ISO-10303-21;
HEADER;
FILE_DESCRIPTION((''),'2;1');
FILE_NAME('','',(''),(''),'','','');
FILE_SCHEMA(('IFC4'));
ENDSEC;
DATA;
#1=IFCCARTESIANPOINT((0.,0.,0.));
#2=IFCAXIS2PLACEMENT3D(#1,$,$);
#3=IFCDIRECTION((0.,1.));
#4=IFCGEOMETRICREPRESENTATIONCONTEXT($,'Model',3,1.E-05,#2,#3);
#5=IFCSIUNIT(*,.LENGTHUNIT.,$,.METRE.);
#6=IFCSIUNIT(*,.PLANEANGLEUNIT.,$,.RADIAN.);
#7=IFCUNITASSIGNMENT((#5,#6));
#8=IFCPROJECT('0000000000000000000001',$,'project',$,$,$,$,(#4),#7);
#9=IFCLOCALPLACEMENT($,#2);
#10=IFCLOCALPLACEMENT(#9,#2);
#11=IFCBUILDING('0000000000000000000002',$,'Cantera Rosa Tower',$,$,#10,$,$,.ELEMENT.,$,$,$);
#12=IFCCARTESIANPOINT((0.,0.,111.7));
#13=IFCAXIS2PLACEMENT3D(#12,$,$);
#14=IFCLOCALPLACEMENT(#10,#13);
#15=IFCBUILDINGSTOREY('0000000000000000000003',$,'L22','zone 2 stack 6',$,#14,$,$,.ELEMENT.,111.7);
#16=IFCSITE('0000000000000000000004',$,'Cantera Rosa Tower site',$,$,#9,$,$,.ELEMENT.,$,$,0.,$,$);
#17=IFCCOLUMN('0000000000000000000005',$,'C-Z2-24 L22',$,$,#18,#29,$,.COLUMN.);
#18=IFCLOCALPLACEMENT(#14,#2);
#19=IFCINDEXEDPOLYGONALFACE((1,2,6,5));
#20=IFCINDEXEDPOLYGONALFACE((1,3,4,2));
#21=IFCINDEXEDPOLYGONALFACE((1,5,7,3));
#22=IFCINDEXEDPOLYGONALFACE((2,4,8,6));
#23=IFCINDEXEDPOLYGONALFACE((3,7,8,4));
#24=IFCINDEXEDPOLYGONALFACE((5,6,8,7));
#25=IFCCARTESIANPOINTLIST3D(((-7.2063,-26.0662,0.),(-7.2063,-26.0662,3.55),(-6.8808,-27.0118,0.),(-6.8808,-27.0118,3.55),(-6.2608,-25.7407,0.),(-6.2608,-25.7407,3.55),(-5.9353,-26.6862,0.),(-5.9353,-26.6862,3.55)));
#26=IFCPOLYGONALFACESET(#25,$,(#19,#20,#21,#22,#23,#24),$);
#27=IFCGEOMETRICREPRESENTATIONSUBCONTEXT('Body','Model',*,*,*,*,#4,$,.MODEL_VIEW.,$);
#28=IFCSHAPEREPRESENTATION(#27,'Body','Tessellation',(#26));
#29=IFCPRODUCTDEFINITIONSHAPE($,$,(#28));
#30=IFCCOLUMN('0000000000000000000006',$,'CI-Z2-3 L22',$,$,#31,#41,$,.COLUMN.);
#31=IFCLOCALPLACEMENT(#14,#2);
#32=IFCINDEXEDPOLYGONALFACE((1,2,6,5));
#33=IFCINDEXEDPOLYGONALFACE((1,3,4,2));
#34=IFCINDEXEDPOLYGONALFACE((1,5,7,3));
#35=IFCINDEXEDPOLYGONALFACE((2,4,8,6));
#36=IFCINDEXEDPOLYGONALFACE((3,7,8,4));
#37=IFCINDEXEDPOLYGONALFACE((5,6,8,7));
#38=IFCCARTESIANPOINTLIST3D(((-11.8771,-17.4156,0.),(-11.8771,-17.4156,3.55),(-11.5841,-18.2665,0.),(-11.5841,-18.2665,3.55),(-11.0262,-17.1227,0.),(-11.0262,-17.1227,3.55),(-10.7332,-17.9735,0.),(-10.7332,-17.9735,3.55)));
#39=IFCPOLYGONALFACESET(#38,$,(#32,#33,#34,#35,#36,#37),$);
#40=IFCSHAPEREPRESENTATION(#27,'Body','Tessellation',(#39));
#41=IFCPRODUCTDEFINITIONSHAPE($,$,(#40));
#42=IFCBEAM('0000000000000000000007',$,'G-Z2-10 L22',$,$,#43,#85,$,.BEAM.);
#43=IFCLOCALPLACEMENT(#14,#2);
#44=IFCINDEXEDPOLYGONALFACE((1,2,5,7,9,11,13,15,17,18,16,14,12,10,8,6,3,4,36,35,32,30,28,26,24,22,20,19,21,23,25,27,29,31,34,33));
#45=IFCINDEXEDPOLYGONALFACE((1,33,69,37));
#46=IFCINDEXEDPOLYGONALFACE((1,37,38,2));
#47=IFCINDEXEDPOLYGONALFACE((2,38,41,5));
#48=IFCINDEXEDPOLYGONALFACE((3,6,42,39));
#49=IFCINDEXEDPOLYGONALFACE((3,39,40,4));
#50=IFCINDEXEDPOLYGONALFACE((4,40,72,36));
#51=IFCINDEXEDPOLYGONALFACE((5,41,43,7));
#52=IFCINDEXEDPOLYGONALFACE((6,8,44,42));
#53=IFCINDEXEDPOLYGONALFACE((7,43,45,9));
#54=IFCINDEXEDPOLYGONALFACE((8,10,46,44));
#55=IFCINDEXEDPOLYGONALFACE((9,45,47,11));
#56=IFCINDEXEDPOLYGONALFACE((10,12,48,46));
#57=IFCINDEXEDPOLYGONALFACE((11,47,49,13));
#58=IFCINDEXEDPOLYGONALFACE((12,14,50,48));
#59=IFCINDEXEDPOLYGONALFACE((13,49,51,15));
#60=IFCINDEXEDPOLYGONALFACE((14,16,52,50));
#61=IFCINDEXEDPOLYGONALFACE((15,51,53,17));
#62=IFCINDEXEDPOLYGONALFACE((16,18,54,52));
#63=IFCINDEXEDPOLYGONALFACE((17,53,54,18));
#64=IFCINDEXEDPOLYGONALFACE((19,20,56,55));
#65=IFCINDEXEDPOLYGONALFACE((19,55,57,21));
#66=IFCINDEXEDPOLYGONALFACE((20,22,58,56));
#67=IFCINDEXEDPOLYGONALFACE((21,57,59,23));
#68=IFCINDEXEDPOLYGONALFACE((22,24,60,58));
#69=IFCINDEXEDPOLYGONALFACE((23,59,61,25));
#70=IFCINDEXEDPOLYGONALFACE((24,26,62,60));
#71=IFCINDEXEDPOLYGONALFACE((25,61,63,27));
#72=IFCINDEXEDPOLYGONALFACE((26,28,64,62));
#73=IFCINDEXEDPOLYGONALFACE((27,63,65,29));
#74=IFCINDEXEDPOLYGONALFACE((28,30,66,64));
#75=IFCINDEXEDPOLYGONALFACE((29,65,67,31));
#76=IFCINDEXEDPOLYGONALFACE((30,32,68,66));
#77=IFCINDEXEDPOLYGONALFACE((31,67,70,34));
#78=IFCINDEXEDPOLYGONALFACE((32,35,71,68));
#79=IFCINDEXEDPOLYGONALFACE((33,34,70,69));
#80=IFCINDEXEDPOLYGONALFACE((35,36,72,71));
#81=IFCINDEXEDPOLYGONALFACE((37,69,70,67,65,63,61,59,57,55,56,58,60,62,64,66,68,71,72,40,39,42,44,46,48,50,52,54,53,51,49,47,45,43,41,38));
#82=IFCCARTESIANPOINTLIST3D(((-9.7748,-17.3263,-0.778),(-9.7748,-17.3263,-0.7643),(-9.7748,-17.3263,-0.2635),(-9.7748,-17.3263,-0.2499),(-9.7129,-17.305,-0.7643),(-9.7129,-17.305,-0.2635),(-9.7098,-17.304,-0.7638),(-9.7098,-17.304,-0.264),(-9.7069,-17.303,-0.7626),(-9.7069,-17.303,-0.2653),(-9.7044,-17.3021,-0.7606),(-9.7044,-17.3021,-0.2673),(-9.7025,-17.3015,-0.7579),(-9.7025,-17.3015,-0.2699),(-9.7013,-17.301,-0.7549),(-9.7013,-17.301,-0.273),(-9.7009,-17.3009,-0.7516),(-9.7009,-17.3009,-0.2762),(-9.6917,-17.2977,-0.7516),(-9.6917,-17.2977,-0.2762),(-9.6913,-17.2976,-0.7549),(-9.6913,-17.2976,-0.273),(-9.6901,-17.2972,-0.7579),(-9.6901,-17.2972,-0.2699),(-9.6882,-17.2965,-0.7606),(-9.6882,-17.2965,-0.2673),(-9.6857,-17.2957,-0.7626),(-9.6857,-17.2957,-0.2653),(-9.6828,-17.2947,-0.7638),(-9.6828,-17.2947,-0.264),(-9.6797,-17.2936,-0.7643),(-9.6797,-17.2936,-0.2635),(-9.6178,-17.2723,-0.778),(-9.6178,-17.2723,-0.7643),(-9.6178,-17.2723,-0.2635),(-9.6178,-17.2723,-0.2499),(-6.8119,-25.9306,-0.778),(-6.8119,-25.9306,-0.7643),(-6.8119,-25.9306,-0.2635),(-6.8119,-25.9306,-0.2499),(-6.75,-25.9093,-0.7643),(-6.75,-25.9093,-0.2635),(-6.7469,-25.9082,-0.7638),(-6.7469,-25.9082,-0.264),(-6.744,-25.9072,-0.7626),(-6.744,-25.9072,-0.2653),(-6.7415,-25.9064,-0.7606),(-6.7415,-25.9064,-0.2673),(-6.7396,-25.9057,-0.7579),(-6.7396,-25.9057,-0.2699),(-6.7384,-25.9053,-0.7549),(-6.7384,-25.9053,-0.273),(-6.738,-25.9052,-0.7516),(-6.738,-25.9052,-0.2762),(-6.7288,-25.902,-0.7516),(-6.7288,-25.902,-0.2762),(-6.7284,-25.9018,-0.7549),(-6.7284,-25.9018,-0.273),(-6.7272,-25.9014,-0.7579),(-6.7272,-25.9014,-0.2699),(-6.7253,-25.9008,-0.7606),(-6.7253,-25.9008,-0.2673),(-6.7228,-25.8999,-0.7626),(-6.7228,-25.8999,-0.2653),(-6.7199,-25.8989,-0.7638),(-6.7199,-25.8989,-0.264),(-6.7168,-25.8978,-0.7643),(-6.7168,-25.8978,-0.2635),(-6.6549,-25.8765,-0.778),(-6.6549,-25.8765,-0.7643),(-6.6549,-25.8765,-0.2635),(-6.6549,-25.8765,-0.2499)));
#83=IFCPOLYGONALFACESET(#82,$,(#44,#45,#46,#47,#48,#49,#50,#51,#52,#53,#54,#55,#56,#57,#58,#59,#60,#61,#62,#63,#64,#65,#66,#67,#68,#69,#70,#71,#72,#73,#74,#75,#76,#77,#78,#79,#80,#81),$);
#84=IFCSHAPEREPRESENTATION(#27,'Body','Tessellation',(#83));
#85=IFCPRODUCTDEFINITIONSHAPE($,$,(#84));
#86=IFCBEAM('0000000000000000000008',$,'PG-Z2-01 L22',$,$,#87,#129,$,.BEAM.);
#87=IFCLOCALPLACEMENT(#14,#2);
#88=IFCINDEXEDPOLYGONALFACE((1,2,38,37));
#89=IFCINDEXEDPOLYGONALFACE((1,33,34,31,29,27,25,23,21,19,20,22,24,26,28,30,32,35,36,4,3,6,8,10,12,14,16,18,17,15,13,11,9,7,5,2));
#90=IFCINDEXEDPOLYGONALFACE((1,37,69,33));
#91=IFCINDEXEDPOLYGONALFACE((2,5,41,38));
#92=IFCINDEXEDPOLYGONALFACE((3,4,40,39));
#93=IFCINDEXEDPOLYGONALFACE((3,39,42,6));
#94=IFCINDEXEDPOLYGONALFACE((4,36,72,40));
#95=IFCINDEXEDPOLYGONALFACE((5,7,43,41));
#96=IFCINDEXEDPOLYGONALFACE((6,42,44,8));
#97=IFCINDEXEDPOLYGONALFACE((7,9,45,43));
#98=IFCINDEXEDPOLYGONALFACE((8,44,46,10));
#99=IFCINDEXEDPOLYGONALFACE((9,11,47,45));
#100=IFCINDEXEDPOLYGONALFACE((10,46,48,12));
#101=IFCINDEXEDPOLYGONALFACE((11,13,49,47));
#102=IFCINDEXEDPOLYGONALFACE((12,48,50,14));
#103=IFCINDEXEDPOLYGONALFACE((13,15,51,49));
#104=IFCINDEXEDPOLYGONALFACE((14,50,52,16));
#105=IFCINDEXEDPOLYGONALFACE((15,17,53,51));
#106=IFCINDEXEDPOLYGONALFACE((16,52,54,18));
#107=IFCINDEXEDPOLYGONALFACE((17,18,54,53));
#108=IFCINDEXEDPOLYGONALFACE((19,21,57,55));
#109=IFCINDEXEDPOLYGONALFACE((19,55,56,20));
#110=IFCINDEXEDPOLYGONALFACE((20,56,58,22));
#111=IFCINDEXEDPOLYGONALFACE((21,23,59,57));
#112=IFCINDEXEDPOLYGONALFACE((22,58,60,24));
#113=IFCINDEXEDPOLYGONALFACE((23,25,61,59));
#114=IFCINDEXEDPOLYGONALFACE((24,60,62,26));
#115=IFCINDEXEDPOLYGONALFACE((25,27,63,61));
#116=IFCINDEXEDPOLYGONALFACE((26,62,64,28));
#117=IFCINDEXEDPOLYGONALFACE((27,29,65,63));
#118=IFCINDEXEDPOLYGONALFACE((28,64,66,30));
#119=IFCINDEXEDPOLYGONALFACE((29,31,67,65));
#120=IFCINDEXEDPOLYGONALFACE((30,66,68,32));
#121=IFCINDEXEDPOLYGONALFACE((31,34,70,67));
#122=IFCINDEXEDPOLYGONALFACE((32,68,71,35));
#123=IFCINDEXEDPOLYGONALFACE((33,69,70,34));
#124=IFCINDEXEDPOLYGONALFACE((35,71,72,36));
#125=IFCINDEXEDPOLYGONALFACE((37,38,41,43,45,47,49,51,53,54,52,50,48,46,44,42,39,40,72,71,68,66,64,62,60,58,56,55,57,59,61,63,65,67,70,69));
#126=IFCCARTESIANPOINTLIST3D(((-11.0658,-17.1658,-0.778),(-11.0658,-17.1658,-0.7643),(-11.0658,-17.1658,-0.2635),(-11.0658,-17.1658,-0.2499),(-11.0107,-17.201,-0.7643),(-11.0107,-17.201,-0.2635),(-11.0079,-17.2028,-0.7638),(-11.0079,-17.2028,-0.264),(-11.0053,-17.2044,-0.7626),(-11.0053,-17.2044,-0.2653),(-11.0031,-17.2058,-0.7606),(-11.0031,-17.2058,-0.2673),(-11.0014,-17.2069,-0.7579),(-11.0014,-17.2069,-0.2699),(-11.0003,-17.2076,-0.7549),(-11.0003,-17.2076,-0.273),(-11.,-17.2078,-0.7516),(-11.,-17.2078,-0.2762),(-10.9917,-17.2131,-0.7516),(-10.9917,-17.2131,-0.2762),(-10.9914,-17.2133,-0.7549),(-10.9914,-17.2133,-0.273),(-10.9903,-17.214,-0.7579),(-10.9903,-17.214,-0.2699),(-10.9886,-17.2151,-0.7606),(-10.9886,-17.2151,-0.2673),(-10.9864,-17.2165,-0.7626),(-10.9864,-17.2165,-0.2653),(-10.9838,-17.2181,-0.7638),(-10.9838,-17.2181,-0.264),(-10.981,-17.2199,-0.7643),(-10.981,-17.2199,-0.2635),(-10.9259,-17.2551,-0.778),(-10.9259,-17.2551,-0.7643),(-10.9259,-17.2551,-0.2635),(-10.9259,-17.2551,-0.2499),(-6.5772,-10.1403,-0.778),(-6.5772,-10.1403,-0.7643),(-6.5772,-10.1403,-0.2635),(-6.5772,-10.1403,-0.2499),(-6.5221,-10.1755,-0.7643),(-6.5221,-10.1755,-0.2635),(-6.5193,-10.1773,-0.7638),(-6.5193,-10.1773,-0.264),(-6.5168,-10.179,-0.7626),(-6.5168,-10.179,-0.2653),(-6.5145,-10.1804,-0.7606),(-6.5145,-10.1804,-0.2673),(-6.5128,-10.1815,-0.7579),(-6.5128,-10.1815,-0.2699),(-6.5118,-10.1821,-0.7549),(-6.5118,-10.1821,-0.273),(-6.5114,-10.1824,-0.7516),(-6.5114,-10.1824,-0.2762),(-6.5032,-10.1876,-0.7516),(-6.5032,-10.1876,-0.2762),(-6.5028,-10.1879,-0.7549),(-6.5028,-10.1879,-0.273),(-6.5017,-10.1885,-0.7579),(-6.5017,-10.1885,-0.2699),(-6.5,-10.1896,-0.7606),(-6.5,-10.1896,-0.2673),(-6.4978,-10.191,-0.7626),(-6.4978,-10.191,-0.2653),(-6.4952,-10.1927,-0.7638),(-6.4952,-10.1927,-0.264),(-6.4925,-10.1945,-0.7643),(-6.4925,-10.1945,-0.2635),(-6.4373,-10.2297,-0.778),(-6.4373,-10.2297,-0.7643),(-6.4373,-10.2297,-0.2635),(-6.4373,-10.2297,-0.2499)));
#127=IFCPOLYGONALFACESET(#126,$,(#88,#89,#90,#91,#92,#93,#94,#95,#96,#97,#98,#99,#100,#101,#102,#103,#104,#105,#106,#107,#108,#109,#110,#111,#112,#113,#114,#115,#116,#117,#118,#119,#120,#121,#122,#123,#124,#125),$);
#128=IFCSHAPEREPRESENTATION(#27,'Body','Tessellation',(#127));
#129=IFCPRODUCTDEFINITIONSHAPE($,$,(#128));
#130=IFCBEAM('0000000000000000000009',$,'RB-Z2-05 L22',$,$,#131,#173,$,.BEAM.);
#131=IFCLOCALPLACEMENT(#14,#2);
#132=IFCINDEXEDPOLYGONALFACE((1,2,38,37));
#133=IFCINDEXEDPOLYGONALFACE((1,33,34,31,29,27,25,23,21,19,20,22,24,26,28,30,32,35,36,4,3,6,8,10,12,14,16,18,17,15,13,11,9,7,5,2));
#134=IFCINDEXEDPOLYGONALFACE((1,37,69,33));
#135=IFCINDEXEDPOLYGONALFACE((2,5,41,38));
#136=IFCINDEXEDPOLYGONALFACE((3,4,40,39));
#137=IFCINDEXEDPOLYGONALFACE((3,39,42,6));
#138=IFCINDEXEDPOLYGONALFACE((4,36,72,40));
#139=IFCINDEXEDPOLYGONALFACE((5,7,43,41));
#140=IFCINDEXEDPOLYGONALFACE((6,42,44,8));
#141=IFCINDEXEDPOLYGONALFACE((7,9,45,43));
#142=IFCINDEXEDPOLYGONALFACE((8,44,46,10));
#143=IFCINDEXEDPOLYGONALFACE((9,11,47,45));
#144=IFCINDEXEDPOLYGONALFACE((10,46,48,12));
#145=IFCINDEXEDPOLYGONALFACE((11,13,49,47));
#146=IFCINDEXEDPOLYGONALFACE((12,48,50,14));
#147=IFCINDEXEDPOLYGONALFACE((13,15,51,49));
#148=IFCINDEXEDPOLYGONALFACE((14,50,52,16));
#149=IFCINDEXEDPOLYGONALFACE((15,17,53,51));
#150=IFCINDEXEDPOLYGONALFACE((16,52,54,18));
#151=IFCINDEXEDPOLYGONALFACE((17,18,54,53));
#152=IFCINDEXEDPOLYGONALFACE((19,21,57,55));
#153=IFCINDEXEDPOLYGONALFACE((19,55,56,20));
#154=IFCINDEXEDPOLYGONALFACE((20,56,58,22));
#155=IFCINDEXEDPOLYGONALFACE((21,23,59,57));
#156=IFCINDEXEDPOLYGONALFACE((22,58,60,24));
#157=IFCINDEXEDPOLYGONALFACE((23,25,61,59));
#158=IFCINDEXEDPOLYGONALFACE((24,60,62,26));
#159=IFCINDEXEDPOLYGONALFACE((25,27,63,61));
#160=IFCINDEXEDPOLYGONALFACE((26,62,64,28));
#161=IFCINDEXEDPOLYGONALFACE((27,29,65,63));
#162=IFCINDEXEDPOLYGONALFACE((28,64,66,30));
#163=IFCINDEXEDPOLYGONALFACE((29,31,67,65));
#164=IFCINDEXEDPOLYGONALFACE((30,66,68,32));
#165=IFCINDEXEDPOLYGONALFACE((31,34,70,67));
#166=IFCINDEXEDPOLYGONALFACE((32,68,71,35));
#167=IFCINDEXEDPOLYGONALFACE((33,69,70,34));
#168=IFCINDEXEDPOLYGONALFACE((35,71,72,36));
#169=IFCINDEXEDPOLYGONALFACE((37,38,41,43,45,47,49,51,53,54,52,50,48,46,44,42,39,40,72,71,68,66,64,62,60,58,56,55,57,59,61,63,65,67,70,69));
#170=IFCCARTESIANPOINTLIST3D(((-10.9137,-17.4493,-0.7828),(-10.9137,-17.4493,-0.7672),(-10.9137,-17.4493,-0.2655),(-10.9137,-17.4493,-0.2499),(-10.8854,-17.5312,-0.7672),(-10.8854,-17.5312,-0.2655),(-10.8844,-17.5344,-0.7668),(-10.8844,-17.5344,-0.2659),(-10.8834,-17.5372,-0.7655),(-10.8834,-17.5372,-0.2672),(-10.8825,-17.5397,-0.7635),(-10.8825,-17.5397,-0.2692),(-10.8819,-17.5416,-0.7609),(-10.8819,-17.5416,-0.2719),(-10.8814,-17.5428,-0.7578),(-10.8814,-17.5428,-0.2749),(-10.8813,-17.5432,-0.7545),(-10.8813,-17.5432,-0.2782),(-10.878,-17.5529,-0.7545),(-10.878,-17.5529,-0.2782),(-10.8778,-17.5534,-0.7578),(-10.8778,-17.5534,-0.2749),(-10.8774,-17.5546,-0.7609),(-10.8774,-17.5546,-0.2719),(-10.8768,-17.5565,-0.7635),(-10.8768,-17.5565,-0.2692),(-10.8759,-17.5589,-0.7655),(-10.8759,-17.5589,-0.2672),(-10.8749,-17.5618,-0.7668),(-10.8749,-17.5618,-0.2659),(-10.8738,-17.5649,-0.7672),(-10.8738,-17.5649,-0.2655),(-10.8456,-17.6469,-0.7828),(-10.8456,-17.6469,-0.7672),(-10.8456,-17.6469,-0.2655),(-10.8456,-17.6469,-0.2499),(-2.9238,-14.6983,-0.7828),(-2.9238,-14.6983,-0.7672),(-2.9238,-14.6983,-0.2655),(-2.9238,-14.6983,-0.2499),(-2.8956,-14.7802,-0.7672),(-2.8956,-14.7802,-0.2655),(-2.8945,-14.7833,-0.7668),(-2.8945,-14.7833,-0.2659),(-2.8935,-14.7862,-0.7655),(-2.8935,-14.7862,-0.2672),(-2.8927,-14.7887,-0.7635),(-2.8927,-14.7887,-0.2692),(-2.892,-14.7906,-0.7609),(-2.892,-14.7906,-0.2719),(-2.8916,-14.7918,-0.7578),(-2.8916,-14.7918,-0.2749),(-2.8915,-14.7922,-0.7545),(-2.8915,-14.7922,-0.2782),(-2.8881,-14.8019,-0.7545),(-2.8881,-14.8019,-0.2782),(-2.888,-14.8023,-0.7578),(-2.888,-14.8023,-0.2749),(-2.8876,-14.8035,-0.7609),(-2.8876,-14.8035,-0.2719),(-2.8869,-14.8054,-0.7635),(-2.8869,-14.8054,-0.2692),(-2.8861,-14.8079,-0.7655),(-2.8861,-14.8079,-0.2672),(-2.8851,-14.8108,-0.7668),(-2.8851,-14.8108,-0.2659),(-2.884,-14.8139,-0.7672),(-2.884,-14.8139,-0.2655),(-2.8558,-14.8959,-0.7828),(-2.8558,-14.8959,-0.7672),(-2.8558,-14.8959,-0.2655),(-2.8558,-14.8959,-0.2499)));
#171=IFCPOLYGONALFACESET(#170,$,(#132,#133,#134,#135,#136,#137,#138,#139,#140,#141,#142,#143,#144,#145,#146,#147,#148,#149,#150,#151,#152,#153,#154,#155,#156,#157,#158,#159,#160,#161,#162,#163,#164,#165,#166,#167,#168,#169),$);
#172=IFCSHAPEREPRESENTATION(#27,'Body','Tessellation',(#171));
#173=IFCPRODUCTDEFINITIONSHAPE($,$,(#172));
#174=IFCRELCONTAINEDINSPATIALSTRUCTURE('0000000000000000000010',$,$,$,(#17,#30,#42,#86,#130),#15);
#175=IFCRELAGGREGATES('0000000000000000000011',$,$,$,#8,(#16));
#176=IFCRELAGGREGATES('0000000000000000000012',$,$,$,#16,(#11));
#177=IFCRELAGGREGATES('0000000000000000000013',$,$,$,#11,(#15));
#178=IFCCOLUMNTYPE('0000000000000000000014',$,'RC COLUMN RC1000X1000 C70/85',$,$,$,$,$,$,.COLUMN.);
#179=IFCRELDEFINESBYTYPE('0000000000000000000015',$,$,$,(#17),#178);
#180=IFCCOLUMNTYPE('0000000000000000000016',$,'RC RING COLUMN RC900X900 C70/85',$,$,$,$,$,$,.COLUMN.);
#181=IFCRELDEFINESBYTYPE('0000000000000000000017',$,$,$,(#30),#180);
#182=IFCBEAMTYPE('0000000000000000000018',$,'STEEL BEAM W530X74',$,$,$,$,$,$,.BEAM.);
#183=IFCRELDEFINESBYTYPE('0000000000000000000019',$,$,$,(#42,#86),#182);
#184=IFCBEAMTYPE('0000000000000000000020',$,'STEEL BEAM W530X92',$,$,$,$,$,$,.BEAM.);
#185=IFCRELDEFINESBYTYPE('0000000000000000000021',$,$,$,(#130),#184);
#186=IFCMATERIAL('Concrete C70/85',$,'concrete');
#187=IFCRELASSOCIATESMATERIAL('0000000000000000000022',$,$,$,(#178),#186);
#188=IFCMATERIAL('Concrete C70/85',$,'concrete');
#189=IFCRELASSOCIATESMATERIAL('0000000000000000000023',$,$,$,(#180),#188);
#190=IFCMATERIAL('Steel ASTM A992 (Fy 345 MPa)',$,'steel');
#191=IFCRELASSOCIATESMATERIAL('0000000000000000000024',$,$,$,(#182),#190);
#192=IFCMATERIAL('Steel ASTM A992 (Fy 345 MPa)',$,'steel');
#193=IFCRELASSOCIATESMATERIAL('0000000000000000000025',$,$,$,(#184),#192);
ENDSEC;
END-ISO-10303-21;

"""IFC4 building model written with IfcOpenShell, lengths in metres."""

from ifc_helpers import new_model, si_unit, direction, frame, origin, origin_2d, place, context, subcontext, project, spatial, rectangle, i_section, extrude, material, material_profile, profile_set, type_object, element, save


model = new_model("IFC4")

# Units and contexts
model_context = context("Model", 3, precision=1e-05, world=origin(), true_north=direction((0.0, 1.0)))
body_context = subcontext(model_context, "Body", "Model", "MODEL_VIEW")
ifc_project = project(units=[si_unit("LENGTHUNIT", "METRE"), si_unit("PLANEANGLEUNIT", "RADIAN")], contexts=[model_context])

# Site, building, storey
site_placement = place(None, origin())
site = spatial("IfcSite", under=ifc_project, at=site_placement, Name="Cantera Rosa Tower site", CompositionType="ELEMENT", RefElevation=0.0)
building_placement = place(site_placement, origin())
building = spatial("IfcBuilding", under=site, at=building_placement, Name="Cantera Rosa Tower", CompositionType="ELEMENT")
storey_placement = place(building_placement, frame((0.0, 0.0, 111.7)))
storey = spatial("IfcBuildingStorey", under=building, at=storey_placement, Name="L22", Description="zone 2 stack 6", CompositionType="ELEMENT", Elevation=111.7)

# Columns
ifc_material_1 = material(Name="Concrete C70/85", Category="concrete")
ifc_material_profile_1 = material_profile(ifc_material_1, rectangle(XDim=1.0, YDim=1.0, at=origin_2d()), Name="RC COLUMN RC1000X1000 C70/85")
ifc_profile_set_1 = profile_set([ifc_material_profile_1], Name="Concrete C70/85")
column_type_1 = type_object("IfcColumnType", Name="RC COLUMN RC1000X1000 C70/85", PredefinedType="COLUMN", material=ifc_profile_set_1)
column_1_placement = place(storey_placement, frame((-6.5708, -26.3762, 0.0), z_axis=(0.0, 0.0, 1.0), x_axis=(0.945519, 0.325568, 0.0)))
element("IfcColumn", 1, at=column_1_placement, inside=storey, type_object=column_type_1, Name="C-Z2-24 L22", PredefinedType="COLUMN", context=body_context, shape_type="SweptSolid", body=[
    extrude(rectangle(XDim=1.0, YDim=1.0, at=origin_2d()), origin(), (0.0, 0.0, 1.0), 3.55),
])
ifc_material_2 = material(Name="Concrete C70/85", Category="concrete")
ifc_material_profile_2 = material_profile(ifc_material_2, rectangle(XDim=0.8999, YDim=0.8999, at=origin_2d()), Name="RC RING COLUMN RC900X900 C70/85")
ifc_profile_set_2 = profile_set([ifc_material_profile_2], Name="Concrete C70/85")
column_type_2 = type_object("IfcColumnType", Name="RC RING COLUMN RC900X900 C70/85", PredefinedType="COLUMN", material=ifc_profile_set_2)
column_2_placement = place(storey_placement, frame((-11.3052, -17.6946, 0.0), z_axis=(0.0, 0.0, 1.0), x_axis=(0.945519, 0.325568, 0.0)))
element("IfcColumn", 2, at=column_2_placement, inside=storey, type_object=column_type_2, Name="CI-Z2-3 L22", PredefinedType="COLUMN", context=body_context, shape_type="SweptSolid", body=[
    extrude(rectangle(XDim=0.8999, YDim=0.8999, at=origin_2d()), origin(), (0.0, 0.0, 1.0), 3.55),
])

# Beams
ifc_material_3 = material(Name="Steel ASTM A992 (Fy 345 MPa)", Category="steel")
ifc_material_profile_3 = material_profile(ifc_material_3, i_section(OverallWidth=0.166, OverallDepth=0.5281, WebThickness=0.0098, FlangeThickness=0.0137, FilletRadius=0.0127, at=origin_2d()), Name="W530X74")
ifc_profile_set_3 = profile_set([ifc_material_profile_3], Name="Steel ASTM A992 (Fy 345 MPa)")
beam_type_1 = type_object("IfcBeamType", Name="STEEL BEAM W530X74", PredefinedType="BEAM", material=ifc_profile_set_3)
beam_1_placement = place(storey_placement, frame((-6.7334, -25.9036, -0.5139), z_axis=(-0.325589, 0.945511, 0.0), x_axis=(-0.945511, -0.325589, 0.0)))
element("IfcBeam", 3, at=beam_1_placement, inside=storey, type_object=beam_type_1, Name="G-Z2-10 L22", PredefinedType="BEAM", context=body_context, shape_type="SweptSolid", body=[
    extrude(i_section(OverallWidth=0.166, OverallDepth=0.5281, WebThickness=0.0098, FlangeThickness=0.0137, FilletRadius=0.0127, at=origin_2d()), origin(), (0.0, 0.0, 1.0), 9.1001),
])
beam_2_placement = place(storey_placement, frame((-10.9958, -17.2104, -0.5139), z_axis=(0.538396, 0.842692, 0.0), x_axis=(-0.842692, 0.538396, 0.0)))
element("IfcBeam", 4, at=beam_2_placement, inside=storey, type_object=beam_type_1, Name="PG-Z2-01 L22", PredefinedType="BEAM", context=body_context, shape_type="SweptSolid", body=[
    extrude(i_section(OverallWidth=0.166, OverallDepth=0.5281, WebThickness=0.0098, FlangeThickness=0.0137, FilletRadius=0.0127, at=origin_2d()), origin(), (0.0, 0.0, 1.0), 8.3369),
])
ifc_material_4 = material(Name="Steel ASTM A992 (Fy 345 MPa)", Category="steel")
ifc_material_profile_4 = material_profile(ifc_material_4, i_section(OverallWidth=0.209, OverallDepth=0.533, WebThickness=0.0103, FlangeThickness=0.0156, FilletRadius=0.0127, at=origin_2d()), Name="W530X92")
ifc_profile_set_4 = profile_set([ifc_material_profile_4], Name="Steel ASTM A992 (Fy 345 MPa)")
beam_type_2 = type_object("IfcBeamType", Name="STEEL BEAM W530X92", PredefinedType="BEAM", material=ifc_profile_set_4)
beam_3_placement = place(storey_placement, frame((-10.8796, -17.5481, -0.5164), z_axis=(0.945523, 0.325556, 0.0), x_axis=(-0.325556, 0.945523, 0.0)))
element("IfcBeam", 5, at=beam_3_placement, inside=storey, type_object=beam_type_2, Name="RB-Z2-05 L22", PredefinedType="BEAM", context=body_context, shape_type="SweptSolid", body=[
    extrude(i_section(OverallWidth=0.209, OverallDepth=0.533, WebThickness=0.0103, FlangeThickness=0.0156, FilletRadius=0.0127, at=origin_2d()), origin(), (0.0, 0.0, 1.0), 8.4502),
])

save(model, "model.ifc")
